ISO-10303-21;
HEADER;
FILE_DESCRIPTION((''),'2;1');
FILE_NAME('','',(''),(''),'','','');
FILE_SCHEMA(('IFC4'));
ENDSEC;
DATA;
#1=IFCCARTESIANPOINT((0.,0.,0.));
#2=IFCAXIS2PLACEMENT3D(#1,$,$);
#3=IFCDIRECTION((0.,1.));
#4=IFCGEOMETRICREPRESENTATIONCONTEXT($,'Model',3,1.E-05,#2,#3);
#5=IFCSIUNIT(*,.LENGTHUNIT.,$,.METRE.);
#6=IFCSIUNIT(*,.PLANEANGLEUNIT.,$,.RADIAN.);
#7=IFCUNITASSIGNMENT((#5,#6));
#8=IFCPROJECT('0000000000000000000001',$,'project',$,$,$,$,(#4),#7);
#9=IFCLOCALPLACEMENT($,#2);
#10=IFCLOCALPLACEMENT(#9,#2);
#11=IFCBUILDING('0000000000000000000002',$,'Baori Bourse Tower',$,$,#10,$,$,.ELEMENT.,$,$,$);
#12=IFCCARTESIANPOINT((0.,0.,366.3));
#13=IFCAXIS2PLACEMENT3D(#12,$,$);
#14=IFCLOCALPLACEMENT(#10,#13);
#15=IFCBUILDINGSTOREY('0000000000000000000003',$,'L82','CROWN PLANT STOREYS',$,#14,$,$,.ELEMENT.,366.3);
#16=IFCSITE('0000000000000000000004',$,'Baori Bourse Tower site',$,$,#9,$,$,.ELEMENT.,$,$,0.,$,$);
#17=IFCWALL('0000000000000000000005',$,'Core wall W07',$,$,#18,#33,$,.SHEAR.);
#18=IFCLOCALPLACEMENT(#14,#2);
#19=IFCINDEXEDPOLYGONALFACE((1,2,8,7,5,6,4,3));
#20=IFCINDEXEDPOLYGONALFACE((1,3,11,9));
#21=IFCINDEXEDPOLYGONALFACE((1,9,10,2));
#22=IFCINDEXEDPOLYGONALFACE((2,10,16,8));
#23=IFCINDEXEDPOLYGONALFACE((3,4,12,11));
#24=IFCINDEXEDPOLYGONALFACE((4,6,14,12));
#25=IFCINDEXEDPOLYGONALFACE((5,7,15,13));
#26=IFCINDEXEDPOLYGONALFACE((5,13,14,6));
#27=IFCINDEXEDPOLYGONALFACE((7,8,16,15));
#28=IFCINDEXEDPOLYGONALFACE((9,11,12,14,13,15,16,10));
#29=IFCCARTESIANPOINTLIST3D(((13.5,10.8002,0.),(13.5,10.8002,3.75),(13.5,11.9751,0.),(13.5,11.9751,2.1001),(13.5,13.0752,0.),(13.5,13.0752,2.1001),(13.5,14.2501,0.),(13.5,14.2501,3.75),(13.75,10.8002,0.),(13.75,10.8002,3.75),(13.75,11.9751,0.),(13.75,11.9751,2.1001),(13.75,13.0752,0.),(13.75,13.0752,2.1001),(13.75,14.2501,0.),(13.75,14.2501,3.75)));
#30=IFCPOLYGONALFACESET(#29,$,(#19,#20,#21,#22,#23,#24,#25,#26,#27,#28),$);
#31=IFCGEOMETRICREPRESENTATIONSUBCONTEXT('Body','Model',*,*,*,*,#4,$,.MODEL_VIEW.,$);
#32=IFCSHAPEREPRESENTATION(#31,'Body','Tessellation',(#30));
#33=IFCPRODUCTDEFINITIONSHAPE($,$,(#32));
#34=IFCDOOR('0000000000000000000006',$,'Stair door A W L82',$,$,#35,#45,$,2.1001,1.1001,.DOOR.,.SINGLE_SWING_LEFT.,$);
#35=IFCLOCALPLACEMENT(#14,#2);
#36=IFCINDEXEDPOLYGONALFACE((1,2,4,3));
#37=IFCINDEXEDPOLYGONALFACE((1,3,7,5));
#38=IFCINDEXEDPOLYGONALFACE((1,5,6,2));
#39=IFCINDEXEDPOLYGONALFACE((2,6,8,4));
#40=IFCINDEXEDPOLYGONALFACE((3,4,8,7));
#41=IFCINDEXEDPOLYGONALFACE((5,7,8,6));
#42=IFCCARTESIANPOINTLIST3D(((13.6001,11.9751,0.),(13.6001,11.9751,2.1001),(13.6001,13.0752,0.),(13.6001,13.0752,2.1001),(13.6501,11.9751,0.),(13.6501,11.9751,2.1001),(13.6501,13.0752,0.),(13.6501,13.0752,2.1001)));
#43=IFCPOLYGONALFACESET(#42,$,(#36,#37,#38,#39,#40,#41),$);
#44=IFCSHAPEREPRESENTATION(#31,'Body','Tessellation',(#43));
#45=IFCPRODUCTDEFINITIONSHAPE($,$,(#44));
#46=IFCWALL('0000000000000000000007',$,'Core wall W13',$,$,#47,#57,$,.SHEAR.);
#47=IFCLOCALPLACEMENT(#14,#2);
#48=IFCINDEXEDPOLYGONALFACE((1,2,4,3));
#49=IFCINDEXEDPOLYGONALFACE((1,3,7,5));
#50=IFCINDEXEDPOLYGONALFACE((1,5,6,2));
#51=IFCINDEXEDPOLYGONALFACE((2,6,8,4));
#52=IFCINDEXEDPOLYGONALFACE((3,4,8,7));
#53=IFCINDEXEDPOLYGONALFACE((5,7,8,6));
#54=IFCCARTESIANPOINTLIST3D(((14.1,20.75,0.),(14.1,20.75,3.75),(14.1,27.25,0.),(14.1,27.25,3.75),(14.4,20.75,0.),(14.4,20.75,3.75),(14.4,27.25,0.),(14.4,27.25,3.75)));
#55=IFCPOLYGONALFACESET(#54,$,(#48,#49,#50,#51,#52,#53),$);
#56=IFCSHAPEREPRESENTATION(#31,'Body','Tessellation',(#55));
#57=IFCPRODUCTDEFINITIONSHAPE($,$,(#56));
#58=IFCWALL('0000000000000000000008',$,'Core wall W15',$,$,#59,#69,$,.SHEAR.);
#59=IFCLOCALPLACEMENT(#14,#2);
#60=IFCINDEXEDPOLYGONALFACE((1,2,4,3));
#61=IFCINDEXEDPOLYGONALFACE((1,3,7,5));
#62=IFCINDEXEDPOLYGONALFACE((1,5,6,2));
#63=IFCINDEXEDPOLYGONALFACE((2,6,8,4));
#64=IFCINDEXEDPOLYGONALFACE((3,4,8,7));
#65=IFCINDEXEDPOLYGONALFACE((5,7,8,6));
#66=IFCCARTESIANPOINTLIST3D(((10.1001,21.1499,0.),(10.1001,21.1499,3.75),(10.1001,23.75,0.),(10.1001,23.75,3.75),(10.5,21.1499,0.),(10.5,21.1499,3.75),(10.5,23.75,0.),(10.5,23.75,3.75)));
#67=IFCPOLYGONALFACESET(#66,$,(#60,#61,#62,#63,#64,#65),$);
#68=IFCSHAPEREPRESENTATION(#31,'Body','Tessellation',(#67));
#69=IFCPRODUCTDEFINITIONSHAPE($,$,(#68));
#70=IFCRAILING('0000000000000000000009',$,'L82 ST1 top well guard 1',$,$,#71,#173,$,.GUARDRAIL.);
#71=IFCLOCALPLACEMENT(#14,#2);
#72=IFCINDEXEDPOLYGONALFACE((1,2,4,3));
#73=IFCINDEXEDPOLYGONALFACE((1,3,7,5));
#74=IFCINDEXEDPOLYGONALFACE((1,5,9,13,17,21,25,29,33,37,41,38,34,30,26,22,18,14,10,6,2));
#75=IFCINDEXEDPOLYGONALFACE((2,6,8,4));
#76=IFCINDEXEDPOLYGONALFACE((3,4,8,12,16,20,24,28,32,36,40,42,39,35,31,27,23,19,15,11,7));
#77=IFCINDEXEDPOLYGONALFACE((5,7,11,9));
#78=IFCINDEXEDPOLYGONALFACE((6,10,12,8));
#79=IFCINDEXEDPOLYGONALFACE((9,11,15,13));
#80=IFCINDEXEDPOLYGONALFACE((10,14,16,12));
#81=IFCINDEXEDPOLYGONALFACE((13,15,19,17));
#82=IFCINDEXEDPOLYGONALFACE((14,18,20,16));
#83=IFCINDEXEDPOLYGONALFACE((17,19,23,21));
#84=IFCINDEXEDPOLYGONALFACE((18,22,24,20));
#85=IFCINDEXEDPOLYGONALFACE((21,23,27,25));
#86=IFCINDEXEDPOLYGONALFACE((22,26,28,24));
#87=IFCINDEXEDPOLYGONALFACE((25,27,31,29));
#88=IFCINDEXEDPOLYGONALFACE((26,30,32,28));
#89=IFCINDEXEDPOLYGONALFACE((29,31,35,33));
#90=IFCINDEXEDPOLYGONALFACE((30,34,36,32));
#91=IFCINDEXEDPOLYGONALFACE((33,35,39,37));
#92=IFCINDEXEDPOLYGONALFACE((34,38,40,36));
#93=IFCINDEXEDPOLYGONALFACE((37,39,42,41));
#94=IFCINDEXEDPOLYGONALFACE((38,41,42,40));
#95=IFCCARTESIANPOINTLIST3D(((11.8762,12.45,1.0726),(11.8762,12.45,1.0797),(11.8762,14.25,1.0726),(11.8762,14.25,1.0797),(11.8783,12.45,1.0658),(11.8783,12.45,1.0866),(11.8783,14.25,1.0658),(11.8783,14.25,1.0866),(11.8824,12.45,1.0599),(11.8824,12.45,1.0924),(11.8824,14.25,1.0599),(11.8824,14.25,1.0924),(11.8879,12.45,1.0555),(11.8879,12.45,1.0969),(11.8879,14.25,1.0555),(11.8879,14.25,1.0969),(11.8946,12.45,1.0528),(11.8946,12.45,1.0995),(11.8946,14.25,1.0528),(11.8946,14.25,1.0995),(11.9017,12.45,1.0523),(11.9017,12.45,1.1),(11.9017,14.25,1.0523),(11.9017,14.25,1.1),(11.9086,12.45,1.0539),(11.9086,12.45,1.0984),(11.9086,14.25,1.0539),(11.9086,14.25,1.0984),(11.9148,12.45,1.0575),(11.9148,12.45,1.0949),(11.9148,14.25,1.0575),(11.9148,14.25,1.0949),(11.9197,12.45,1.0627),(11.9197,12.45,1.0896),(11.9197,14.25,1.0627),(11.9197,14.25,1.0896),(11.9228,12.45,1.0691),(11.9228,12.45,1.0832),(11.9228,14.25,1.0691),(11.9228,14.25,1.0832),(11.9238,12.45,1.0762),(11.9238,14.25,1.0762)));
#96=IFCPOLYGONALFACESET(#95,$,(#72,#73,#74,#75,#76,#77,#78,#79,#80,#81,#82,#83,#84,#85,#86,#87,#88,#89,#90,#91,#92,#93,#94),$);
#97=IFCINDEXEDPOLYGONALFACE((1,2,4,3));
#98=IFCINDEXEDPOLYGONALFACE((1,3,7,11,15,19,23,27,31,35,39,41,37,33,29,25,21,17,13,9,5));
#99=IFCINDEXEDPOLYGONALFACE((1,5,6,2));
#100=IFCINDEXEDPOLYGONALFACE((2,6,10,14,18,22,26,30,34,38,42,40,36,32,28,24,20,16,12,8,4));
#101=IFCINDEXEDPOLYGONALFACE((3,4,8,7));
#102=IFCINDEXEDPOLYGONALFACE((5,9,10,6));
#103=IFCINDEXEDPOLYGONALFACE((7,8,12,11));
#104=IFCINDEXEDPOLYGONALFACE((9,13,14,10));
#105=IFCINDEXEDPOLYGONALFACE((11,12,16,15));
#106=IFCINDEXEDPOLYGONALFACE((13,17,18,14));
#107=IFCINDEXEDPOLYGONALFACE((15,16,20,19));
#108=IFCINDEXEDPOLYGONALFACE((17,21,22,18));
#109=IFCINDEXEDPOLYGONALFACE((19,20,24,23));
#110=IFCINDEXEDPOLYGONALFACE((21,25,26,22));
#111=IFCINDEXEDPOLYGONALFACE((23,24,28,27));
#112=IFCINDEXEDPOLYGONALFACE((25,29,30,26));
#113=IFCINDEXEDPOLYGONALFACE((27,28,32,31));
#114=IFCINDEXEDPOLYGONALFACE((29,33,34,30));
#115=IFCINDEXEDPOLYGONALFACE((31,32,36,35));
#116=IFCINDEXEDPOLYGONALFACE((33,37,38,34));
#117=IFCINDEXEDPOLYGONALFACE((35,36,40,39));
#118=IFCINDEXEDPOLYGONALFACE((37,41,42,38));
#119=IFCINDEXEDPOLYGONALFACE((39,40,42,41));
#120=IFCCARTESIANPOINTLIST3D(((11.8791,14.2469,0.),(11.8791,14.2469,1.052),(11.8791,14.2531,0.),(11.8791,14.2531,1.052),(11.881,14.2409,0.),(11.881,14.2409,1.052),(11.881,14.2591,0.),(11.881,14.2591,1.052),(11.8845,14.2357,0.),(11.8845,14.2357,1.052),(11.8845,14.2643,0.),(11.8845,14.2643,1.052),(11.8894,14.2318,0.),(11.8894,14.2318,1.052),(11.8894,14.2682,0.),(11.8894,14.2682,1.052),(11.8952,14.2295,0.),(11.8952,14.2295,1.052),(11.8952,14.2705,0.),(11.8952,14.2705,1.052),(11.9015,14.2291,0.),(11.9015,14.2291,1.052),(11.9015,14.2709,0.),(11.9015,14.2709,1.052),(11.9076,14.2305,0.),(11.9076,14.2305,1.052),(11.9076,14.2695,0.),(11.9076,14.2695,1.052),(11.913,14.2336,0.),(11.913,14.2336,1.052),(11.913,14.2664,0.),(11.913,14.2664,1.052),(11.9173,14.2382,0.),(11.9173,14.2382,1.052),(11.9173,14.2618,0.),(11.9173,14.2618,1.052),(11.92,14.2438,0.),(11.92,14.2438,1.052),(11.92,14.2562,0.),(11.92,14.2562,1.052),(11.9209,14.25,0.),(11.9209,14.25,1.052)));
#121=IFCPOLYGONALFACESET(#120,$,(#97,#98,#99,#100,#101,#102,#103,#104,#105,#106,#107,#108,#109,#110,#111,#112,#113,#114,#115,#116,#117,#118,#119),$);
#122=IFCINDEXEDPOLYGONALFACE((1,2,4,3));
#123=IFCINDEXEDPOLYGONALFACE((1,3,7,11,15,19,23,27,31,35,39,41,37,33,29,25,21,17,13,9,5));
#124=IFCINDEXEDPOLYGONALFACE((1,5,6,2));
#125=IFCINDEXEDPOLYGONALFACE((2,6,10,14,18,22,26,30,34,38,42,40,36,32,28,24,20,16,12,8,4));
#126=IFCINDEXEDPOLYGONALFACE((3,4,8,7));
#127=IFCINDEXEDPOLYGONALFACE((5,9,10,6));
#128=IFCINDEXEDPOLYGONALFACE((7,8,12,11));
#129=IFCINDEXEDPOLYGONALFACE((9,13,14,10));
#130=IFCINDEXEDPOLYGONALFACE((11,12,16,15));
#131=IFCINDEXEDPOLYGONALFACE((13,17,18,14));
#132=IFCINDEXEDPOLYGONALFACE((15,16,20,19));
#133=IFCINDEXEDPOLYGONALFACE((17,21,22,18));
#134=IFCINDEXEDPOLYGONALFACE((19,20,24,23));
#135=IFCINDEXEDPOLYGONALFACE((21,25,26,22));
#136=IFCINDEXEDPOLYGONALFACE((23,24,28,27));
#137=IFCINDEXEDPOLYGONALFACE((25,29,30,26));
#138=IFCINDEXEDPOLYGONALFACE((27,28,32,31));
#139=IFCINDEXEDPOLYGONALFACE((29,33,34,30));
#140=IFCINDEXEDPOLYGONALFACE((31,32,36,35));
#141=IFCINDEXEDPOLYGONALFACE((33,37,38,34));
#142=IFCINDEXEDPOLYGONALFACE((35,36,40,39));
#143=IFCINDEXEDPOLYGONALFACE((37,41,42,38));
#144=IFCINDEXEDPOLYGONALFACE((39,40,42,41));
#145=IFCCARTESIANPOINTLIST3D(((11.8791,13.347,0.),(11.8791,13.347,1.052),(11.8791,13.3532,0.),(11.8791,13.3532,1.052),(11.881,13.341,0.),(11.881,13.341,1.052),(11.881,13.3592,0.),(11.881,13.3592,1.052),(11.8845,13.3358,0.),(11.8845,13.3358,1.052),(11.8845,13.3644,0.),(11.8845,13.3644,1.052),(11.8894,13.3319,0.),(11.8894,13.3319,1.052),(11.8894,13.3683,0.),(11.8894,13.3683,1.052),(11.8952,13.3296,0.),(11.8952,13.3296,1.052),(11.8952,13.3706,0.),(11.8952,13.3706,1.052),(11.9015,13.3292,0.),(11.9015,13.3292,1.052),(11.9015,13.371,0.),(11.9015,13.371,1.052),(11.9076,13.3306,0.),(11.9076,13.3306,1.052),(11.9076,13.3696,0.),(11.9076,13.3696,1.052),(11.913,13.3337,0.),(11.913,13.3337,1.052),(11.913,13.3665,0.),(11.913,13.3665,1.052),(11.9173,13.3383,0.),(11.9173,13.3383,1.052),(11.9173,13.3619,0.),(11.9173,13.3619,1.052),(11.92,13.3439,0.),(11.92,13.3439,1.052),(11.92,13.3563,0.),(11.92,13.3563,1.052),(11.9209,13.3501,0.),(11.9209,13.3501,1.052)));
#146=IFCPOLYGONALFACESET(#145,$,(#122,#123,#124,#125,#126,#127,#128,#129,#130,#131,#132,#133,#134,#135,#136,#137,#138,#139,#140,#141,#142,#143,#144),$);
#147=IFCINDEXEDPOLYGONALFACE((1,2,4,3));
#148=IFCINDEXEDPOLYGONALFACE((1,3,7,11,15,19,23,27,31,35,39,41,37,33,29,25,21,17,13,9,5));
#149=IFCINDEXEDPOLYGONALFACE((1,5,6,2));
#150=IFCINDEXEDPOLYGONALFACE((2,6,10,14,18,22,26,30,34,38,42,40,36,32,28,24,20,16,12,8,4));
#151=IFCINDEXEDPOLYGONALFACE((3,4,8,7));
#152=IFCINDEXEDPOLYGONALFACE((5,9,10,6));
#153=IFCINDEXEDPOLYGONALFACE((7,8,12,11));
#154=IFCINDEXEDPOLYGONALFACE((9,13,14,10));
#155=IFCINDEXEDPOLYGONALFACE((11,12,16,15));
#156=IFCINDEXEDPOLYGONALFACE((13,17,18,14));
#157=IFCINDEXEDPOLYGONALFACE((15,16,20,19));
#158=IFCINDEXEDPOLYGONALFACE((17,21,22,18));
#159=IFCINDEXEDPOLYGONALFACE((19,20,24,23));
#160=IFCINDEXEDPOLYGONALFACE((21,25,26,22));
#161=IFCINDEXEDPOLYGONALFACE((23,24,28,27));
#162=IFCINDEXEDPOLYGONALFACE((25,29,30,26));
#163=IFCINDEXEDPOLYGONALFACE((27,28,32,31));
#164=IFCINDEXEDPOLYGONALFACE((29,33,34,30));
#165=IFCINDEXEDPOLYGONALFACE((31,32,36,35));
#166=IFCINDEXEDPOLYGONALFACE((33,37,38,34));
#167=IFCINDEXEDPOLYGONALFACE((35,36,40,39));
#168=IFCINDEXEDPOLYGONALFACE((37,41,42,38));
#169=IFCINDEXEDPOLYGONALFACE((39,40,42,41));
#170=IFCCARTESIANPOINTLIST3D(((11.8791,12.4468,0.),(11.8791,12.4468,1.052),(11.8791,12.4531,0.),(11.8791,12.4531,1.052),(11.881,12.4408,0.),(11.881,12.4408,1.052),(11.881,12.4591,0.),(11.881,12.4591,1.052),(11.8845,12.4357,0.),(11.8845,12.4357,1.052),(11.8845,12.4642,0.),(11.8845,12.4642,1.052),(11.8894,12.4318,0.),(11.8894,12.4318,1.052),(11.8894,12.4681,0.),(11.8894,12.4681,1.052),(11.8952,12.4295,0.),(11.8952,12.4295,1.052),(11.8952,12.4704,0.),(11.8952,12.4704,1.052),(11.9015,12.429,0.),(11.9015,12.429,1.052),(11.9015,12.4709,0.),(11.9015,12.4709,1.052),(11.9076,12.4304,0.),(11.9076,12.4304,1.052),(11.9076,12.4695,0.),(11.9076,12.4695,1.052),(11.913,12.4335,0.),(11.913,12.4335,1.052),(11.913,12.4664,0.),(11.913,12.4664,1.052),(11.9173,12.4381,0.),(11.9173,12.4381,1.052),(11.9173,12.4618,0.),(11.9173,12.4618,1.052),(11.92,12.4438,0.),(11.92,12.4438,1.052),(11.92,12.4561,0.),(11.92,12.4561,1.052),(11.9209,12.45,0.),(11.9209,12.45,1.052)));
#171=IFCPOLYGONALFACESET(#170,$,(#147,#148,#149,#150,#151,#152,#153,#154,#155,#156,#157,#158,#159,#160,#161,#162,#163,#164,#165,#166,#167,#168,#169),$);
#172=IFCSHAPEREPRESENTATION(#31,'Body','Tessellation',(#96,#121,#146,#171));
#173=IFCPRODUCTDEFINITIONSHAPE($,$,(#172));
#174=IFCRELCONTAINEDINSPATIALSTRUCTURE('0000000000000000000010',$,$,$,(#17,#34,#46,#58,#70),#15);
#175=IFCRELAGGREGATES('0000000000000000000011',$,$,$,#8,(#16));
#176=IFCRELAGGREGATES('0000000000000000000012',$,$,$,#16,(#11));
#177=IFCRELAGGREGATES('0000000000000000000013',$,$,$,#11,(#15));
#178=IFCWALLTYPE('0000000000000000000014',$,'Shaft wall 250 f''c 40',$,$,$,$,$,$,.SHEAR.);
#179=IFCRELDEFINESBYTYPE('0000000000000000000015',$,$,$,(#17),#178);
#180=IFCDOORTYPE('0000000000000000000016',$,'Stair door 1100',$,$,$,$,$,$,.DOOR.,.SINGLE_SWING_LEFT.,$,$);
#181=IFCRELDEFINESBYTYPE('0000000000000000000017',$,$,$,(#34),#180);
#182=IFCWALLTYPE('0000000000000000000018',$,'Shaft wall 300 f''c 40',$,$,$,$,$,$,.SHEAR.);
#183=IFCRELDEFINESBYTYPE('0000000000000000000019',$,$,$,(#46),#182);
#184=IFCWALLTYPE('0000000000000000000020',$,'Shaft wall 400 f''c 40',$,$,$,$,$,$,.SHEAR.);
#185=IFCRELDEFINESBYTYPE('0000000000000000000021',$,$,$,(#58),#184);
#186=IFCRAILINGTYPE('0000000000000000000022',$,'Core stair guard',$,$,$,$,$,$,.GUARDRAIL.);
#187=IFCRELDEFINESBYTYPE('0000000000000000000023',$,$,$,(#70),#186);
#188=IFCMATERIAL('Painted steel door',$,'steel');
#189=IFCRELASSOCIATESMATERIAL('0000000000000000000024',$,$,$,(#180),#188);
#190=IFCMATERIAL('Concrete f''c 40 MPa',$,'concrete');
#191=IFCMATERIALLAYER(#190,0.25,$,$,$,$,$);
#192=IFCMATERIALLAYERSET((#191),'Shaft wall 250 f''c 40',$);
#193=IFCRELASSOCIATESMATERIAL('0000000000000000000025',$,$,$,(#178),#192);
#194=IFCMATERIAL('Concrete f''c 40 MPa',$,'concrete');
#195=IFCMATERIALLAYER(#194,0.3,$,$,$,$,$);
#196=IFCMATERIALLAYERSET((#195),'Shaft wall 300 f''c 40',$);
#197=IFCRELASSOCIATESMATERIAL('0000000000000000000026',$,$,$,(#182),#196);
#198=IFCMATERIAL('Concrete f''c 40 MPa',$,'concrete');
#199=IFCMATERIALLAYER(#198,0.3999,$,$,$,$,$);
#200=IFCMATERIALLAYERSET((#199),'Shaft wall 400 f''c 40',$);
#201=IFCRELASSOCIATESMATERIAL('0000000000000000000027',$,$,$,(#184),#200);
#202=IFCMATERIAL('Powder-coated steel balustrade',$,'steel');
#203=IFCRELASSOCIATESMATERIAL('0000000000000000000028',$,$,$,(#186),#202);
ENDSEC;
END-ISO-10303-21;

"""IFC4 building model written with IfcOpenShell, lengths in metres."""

from ifc_helpers import new_model, si_unit, direction, frame, frame_2d, origin, origin_2d, place, context, subcontext, project, spatial, rectangle, circle, extrude, material, layer, layer_set, type_object, element, fill, save


model = new_model("IFC4")

# Units and contexts
model_context = context("Model", 3, precision=1e-05, world=origin(), true_north=direction((0.0, 1.0)))
body_context = subcontext(model_context, "Body", "Model", "MODEL_VIEW")
ifc_project = project(units=[si_unit("LENGTHUNIT", "METRE"), si_unit("PLANEANGLEUNIT", "RADIAN")], contexts=[model_context])

# Site, building, storey
site_placement = place(None, origin())
site = spatial("IfcSite", under=ifc_project, at=site_placement, Name="Baori Bourse Tower site", CompositionType="ELEMENT", RefElevation=0.0)
building_placement = place(site_placement, origin())
building = spatial("IfcBuilding", under=site, at=building_placement, Name="Baori Bourse Tower", CompositionType="ELEMENT")
storey_placement = place(building_placement, frame((0.0, 0.0, 366.3)))
storey = spatial("IfcBuildingStorey", under=building, at=storey_placement, Name="L82", Description="CROWN PLANT STOREYS", CompositionType="ELEMENT", Elevation=366.3)

# Shared definitions
ifc_material_1 = material(Name="Painted steel door", Category="steel")
door_type_1 = type_object("IfcDoorType", Name="Stair door 1100", OperationType="SINGLE_SWING_LEFT", PredefinedType="DOOR", material=ifc_material_1)

# Wall, opening, door
ifc_material_2 = material(Name="Concrete f'c 40 MPa", Category="concrete")
ifc_layer_1 = layer(ifc_material_2, 0.25)
ifc_layer_set_1 = layer_set([ifc_layer_1], Name="Shaft wall 250 f'c 40")
wall_type_1 = type_object("IfcWallType", Name="Shaft wall 250 f'c 40", PredefinedType="SHEAR", material=ifc_layer_set_1)
wall_1_placement = place(storey_placement, frame((13.625, 10.8, 0.0), z_axis=(0.0, 0.0, 1.0), x_axis=(0.0, 1.0, 0.0)))
wall_1 = element("IfcWall", 1, at=wall_1_placement, inside=storey, type_object=wall_type_1, Name="Core wall W07", PredefinedType="SHEAR", context=body_context, shape_type="SweptSolid", body=[
    extrude(rectangle(XDim=3.45, YDim=0.25, at=frame_2d((1.7251, 0.0))), origin(), (0.0, 0.0, 1.0), 3.75),
])
opening_1_placement = place(wall_1_placement, frame((1.175, 0.0, 0.0)))
opening_1 = element("IfcOpeningElement", 2, at=opening_1_placement, cuts=wall_1, PredefinedType="OPENING", context=body_context, shape_type="SweptSolid", body=[
    extrude(rectangle(XDim=1.1001, YDim=2.1001, at=frame_2d((0.55, 1.05))), frame((0.0, 0.135, 0.0), z_axis=(0.0, -1.0, 0.0), x_axis=(1.0, 0.0, 0.0)), (0.0, 0.0, 1.0), 0.27),
])
door_1_placement = place(opening_1_placement, origin())
door_1 = element("IfcDoor", 3, at=door_1_placement, inside=storey, type_object=door_type_1, Name="Stair door A W L82", OperationType="SINGLE_SWING_LEFT", OverallHeight=2.1001, OverallWidth=1.1001, PredefinedType="DOOR", context=body_context, shape_type="SweptSolid", body=[
    extrude(rectangle(XDim=1.1001, YDim=2.1001, at=frame_2d((0.55, 1.05))), frame((0.0, 0.0249, 0.0), z_axis=(0.0, -1.0, 0.0), x_axis=(1.0, 0.0, 0.0)), (0.0, 0.0, 1.0), 0.05),
])
fill(opening_1, door_1)

# Walls
ifc_material_3 = material(Name="Concrete f'c 40 MPa", Category="concrete")
ifc_layer_2 = layer(ifc_material_3, 0.3)
ifc_layer_set_2 = layer_set([ifc_layer_2], Name="Shaft wall 300 f'c 40")
wall_type_2 = type_object("IfcWallType", Name="Shaft wall 300 f'c 40", PredefinedType="SHEAR", material=ifc_layer_set_2)
wall_2_placement = place(storey_placement, frame((14.25, 20.75, 0.0), z_axis=(0.0, 0.0, 1.0), x_axis=(0.0, 1.0, 0.0)))
element("IfcWall", 4, at=wall_2_placement, inside=storey, type_object=wall_type_2, Name="Core wall W13", PredefinedType="SHEAR", context=body_context, shape_type="SweptSolid", body=[
    extrude(rectangle(XDim=6.5, YDim=0.3, at=frame_2d((3.25, 0.0))), origin(), (0.0, 0.0, 1.0), 3.75),
])
ifc_material_4 = material(Name="Concrete f'c 40 MPa", Category="concrete")
ifc_layer_3 = layer(ifc_material_4, 0.3999)
ifc_layer_set_3 = layer_set([ifc_layer_3], Name="Shaft wall 400 f'c 40")
wall_type_3 = type_object("IfcWallType", Name="Shaft wall 400 f'c 40", PredefinedType="SHEAR", material=ifc_layer_set_3)
wall_3_placement = place(storey_placement, frame((10.3, 21.1499, 0.0), z_axis=(0.0, 0.0, 1.0), x_axis=(0.0, 1.0, 0.0)))
element("IfcWall", 5, at=wall_3_placement, inside=storey, type_object=wall_type_3, Name="Core wall W15", PredefinedType="SHEAR", context=body_context, shape_type="SweptSolid", body=[
    extrude(rectangle(XDim=2.6001, YDim=0.3999, at=frame_2d((1.3, 0.0))), origin(), (0.0, 0.0, 1.0), 3.75),
])

# Railing
ifc_material_5 = material(Name="Powder-coated steel balustrade", Category="steel")
railing_type = type_object("IfcRailingType", Name="Core stair guard", PredefinedType="GUARDRAIL", material=ifc_material_5)
railing_placement = place(storey_placement, frame((11.8999, 14.25, 0.0)))
element("IfcRailing", 6, at=railing_placement, inside=storey, type_object=railing_type, Name="L82 ST1 top well guard 1", PredefinedType="GUARDRAIL", context=body_context, shape_type="SweptSolid", body=[
    extrude(circle(Radius=0.0239, at=origin_2d()), frame((0.0, 0.0, 1.0762), z_axis=(0.0, -1.0, 0.0), x_axis=(1.0, 0.0, 0.0)), (0.0, 0.0, 1.0), 1.8),
    extrude(circle(Radius=0.021, at=origin_2d()), origin(), (0.0, 0.0, 1.0), 1.052),
    extrude(circle(Radius=0.021, at=origin_2d()), frame((0.0, -0.8999, 0.0)), (0.0, 0.0, 1.0), 1.052),
    extrude(circle(Radius=0.021, at=origin_2d()), frame((0.0, -1.8, 0.0)), (0.0, 0.0, 1.0), 1.052),
])

save(model, "model.ifc")
